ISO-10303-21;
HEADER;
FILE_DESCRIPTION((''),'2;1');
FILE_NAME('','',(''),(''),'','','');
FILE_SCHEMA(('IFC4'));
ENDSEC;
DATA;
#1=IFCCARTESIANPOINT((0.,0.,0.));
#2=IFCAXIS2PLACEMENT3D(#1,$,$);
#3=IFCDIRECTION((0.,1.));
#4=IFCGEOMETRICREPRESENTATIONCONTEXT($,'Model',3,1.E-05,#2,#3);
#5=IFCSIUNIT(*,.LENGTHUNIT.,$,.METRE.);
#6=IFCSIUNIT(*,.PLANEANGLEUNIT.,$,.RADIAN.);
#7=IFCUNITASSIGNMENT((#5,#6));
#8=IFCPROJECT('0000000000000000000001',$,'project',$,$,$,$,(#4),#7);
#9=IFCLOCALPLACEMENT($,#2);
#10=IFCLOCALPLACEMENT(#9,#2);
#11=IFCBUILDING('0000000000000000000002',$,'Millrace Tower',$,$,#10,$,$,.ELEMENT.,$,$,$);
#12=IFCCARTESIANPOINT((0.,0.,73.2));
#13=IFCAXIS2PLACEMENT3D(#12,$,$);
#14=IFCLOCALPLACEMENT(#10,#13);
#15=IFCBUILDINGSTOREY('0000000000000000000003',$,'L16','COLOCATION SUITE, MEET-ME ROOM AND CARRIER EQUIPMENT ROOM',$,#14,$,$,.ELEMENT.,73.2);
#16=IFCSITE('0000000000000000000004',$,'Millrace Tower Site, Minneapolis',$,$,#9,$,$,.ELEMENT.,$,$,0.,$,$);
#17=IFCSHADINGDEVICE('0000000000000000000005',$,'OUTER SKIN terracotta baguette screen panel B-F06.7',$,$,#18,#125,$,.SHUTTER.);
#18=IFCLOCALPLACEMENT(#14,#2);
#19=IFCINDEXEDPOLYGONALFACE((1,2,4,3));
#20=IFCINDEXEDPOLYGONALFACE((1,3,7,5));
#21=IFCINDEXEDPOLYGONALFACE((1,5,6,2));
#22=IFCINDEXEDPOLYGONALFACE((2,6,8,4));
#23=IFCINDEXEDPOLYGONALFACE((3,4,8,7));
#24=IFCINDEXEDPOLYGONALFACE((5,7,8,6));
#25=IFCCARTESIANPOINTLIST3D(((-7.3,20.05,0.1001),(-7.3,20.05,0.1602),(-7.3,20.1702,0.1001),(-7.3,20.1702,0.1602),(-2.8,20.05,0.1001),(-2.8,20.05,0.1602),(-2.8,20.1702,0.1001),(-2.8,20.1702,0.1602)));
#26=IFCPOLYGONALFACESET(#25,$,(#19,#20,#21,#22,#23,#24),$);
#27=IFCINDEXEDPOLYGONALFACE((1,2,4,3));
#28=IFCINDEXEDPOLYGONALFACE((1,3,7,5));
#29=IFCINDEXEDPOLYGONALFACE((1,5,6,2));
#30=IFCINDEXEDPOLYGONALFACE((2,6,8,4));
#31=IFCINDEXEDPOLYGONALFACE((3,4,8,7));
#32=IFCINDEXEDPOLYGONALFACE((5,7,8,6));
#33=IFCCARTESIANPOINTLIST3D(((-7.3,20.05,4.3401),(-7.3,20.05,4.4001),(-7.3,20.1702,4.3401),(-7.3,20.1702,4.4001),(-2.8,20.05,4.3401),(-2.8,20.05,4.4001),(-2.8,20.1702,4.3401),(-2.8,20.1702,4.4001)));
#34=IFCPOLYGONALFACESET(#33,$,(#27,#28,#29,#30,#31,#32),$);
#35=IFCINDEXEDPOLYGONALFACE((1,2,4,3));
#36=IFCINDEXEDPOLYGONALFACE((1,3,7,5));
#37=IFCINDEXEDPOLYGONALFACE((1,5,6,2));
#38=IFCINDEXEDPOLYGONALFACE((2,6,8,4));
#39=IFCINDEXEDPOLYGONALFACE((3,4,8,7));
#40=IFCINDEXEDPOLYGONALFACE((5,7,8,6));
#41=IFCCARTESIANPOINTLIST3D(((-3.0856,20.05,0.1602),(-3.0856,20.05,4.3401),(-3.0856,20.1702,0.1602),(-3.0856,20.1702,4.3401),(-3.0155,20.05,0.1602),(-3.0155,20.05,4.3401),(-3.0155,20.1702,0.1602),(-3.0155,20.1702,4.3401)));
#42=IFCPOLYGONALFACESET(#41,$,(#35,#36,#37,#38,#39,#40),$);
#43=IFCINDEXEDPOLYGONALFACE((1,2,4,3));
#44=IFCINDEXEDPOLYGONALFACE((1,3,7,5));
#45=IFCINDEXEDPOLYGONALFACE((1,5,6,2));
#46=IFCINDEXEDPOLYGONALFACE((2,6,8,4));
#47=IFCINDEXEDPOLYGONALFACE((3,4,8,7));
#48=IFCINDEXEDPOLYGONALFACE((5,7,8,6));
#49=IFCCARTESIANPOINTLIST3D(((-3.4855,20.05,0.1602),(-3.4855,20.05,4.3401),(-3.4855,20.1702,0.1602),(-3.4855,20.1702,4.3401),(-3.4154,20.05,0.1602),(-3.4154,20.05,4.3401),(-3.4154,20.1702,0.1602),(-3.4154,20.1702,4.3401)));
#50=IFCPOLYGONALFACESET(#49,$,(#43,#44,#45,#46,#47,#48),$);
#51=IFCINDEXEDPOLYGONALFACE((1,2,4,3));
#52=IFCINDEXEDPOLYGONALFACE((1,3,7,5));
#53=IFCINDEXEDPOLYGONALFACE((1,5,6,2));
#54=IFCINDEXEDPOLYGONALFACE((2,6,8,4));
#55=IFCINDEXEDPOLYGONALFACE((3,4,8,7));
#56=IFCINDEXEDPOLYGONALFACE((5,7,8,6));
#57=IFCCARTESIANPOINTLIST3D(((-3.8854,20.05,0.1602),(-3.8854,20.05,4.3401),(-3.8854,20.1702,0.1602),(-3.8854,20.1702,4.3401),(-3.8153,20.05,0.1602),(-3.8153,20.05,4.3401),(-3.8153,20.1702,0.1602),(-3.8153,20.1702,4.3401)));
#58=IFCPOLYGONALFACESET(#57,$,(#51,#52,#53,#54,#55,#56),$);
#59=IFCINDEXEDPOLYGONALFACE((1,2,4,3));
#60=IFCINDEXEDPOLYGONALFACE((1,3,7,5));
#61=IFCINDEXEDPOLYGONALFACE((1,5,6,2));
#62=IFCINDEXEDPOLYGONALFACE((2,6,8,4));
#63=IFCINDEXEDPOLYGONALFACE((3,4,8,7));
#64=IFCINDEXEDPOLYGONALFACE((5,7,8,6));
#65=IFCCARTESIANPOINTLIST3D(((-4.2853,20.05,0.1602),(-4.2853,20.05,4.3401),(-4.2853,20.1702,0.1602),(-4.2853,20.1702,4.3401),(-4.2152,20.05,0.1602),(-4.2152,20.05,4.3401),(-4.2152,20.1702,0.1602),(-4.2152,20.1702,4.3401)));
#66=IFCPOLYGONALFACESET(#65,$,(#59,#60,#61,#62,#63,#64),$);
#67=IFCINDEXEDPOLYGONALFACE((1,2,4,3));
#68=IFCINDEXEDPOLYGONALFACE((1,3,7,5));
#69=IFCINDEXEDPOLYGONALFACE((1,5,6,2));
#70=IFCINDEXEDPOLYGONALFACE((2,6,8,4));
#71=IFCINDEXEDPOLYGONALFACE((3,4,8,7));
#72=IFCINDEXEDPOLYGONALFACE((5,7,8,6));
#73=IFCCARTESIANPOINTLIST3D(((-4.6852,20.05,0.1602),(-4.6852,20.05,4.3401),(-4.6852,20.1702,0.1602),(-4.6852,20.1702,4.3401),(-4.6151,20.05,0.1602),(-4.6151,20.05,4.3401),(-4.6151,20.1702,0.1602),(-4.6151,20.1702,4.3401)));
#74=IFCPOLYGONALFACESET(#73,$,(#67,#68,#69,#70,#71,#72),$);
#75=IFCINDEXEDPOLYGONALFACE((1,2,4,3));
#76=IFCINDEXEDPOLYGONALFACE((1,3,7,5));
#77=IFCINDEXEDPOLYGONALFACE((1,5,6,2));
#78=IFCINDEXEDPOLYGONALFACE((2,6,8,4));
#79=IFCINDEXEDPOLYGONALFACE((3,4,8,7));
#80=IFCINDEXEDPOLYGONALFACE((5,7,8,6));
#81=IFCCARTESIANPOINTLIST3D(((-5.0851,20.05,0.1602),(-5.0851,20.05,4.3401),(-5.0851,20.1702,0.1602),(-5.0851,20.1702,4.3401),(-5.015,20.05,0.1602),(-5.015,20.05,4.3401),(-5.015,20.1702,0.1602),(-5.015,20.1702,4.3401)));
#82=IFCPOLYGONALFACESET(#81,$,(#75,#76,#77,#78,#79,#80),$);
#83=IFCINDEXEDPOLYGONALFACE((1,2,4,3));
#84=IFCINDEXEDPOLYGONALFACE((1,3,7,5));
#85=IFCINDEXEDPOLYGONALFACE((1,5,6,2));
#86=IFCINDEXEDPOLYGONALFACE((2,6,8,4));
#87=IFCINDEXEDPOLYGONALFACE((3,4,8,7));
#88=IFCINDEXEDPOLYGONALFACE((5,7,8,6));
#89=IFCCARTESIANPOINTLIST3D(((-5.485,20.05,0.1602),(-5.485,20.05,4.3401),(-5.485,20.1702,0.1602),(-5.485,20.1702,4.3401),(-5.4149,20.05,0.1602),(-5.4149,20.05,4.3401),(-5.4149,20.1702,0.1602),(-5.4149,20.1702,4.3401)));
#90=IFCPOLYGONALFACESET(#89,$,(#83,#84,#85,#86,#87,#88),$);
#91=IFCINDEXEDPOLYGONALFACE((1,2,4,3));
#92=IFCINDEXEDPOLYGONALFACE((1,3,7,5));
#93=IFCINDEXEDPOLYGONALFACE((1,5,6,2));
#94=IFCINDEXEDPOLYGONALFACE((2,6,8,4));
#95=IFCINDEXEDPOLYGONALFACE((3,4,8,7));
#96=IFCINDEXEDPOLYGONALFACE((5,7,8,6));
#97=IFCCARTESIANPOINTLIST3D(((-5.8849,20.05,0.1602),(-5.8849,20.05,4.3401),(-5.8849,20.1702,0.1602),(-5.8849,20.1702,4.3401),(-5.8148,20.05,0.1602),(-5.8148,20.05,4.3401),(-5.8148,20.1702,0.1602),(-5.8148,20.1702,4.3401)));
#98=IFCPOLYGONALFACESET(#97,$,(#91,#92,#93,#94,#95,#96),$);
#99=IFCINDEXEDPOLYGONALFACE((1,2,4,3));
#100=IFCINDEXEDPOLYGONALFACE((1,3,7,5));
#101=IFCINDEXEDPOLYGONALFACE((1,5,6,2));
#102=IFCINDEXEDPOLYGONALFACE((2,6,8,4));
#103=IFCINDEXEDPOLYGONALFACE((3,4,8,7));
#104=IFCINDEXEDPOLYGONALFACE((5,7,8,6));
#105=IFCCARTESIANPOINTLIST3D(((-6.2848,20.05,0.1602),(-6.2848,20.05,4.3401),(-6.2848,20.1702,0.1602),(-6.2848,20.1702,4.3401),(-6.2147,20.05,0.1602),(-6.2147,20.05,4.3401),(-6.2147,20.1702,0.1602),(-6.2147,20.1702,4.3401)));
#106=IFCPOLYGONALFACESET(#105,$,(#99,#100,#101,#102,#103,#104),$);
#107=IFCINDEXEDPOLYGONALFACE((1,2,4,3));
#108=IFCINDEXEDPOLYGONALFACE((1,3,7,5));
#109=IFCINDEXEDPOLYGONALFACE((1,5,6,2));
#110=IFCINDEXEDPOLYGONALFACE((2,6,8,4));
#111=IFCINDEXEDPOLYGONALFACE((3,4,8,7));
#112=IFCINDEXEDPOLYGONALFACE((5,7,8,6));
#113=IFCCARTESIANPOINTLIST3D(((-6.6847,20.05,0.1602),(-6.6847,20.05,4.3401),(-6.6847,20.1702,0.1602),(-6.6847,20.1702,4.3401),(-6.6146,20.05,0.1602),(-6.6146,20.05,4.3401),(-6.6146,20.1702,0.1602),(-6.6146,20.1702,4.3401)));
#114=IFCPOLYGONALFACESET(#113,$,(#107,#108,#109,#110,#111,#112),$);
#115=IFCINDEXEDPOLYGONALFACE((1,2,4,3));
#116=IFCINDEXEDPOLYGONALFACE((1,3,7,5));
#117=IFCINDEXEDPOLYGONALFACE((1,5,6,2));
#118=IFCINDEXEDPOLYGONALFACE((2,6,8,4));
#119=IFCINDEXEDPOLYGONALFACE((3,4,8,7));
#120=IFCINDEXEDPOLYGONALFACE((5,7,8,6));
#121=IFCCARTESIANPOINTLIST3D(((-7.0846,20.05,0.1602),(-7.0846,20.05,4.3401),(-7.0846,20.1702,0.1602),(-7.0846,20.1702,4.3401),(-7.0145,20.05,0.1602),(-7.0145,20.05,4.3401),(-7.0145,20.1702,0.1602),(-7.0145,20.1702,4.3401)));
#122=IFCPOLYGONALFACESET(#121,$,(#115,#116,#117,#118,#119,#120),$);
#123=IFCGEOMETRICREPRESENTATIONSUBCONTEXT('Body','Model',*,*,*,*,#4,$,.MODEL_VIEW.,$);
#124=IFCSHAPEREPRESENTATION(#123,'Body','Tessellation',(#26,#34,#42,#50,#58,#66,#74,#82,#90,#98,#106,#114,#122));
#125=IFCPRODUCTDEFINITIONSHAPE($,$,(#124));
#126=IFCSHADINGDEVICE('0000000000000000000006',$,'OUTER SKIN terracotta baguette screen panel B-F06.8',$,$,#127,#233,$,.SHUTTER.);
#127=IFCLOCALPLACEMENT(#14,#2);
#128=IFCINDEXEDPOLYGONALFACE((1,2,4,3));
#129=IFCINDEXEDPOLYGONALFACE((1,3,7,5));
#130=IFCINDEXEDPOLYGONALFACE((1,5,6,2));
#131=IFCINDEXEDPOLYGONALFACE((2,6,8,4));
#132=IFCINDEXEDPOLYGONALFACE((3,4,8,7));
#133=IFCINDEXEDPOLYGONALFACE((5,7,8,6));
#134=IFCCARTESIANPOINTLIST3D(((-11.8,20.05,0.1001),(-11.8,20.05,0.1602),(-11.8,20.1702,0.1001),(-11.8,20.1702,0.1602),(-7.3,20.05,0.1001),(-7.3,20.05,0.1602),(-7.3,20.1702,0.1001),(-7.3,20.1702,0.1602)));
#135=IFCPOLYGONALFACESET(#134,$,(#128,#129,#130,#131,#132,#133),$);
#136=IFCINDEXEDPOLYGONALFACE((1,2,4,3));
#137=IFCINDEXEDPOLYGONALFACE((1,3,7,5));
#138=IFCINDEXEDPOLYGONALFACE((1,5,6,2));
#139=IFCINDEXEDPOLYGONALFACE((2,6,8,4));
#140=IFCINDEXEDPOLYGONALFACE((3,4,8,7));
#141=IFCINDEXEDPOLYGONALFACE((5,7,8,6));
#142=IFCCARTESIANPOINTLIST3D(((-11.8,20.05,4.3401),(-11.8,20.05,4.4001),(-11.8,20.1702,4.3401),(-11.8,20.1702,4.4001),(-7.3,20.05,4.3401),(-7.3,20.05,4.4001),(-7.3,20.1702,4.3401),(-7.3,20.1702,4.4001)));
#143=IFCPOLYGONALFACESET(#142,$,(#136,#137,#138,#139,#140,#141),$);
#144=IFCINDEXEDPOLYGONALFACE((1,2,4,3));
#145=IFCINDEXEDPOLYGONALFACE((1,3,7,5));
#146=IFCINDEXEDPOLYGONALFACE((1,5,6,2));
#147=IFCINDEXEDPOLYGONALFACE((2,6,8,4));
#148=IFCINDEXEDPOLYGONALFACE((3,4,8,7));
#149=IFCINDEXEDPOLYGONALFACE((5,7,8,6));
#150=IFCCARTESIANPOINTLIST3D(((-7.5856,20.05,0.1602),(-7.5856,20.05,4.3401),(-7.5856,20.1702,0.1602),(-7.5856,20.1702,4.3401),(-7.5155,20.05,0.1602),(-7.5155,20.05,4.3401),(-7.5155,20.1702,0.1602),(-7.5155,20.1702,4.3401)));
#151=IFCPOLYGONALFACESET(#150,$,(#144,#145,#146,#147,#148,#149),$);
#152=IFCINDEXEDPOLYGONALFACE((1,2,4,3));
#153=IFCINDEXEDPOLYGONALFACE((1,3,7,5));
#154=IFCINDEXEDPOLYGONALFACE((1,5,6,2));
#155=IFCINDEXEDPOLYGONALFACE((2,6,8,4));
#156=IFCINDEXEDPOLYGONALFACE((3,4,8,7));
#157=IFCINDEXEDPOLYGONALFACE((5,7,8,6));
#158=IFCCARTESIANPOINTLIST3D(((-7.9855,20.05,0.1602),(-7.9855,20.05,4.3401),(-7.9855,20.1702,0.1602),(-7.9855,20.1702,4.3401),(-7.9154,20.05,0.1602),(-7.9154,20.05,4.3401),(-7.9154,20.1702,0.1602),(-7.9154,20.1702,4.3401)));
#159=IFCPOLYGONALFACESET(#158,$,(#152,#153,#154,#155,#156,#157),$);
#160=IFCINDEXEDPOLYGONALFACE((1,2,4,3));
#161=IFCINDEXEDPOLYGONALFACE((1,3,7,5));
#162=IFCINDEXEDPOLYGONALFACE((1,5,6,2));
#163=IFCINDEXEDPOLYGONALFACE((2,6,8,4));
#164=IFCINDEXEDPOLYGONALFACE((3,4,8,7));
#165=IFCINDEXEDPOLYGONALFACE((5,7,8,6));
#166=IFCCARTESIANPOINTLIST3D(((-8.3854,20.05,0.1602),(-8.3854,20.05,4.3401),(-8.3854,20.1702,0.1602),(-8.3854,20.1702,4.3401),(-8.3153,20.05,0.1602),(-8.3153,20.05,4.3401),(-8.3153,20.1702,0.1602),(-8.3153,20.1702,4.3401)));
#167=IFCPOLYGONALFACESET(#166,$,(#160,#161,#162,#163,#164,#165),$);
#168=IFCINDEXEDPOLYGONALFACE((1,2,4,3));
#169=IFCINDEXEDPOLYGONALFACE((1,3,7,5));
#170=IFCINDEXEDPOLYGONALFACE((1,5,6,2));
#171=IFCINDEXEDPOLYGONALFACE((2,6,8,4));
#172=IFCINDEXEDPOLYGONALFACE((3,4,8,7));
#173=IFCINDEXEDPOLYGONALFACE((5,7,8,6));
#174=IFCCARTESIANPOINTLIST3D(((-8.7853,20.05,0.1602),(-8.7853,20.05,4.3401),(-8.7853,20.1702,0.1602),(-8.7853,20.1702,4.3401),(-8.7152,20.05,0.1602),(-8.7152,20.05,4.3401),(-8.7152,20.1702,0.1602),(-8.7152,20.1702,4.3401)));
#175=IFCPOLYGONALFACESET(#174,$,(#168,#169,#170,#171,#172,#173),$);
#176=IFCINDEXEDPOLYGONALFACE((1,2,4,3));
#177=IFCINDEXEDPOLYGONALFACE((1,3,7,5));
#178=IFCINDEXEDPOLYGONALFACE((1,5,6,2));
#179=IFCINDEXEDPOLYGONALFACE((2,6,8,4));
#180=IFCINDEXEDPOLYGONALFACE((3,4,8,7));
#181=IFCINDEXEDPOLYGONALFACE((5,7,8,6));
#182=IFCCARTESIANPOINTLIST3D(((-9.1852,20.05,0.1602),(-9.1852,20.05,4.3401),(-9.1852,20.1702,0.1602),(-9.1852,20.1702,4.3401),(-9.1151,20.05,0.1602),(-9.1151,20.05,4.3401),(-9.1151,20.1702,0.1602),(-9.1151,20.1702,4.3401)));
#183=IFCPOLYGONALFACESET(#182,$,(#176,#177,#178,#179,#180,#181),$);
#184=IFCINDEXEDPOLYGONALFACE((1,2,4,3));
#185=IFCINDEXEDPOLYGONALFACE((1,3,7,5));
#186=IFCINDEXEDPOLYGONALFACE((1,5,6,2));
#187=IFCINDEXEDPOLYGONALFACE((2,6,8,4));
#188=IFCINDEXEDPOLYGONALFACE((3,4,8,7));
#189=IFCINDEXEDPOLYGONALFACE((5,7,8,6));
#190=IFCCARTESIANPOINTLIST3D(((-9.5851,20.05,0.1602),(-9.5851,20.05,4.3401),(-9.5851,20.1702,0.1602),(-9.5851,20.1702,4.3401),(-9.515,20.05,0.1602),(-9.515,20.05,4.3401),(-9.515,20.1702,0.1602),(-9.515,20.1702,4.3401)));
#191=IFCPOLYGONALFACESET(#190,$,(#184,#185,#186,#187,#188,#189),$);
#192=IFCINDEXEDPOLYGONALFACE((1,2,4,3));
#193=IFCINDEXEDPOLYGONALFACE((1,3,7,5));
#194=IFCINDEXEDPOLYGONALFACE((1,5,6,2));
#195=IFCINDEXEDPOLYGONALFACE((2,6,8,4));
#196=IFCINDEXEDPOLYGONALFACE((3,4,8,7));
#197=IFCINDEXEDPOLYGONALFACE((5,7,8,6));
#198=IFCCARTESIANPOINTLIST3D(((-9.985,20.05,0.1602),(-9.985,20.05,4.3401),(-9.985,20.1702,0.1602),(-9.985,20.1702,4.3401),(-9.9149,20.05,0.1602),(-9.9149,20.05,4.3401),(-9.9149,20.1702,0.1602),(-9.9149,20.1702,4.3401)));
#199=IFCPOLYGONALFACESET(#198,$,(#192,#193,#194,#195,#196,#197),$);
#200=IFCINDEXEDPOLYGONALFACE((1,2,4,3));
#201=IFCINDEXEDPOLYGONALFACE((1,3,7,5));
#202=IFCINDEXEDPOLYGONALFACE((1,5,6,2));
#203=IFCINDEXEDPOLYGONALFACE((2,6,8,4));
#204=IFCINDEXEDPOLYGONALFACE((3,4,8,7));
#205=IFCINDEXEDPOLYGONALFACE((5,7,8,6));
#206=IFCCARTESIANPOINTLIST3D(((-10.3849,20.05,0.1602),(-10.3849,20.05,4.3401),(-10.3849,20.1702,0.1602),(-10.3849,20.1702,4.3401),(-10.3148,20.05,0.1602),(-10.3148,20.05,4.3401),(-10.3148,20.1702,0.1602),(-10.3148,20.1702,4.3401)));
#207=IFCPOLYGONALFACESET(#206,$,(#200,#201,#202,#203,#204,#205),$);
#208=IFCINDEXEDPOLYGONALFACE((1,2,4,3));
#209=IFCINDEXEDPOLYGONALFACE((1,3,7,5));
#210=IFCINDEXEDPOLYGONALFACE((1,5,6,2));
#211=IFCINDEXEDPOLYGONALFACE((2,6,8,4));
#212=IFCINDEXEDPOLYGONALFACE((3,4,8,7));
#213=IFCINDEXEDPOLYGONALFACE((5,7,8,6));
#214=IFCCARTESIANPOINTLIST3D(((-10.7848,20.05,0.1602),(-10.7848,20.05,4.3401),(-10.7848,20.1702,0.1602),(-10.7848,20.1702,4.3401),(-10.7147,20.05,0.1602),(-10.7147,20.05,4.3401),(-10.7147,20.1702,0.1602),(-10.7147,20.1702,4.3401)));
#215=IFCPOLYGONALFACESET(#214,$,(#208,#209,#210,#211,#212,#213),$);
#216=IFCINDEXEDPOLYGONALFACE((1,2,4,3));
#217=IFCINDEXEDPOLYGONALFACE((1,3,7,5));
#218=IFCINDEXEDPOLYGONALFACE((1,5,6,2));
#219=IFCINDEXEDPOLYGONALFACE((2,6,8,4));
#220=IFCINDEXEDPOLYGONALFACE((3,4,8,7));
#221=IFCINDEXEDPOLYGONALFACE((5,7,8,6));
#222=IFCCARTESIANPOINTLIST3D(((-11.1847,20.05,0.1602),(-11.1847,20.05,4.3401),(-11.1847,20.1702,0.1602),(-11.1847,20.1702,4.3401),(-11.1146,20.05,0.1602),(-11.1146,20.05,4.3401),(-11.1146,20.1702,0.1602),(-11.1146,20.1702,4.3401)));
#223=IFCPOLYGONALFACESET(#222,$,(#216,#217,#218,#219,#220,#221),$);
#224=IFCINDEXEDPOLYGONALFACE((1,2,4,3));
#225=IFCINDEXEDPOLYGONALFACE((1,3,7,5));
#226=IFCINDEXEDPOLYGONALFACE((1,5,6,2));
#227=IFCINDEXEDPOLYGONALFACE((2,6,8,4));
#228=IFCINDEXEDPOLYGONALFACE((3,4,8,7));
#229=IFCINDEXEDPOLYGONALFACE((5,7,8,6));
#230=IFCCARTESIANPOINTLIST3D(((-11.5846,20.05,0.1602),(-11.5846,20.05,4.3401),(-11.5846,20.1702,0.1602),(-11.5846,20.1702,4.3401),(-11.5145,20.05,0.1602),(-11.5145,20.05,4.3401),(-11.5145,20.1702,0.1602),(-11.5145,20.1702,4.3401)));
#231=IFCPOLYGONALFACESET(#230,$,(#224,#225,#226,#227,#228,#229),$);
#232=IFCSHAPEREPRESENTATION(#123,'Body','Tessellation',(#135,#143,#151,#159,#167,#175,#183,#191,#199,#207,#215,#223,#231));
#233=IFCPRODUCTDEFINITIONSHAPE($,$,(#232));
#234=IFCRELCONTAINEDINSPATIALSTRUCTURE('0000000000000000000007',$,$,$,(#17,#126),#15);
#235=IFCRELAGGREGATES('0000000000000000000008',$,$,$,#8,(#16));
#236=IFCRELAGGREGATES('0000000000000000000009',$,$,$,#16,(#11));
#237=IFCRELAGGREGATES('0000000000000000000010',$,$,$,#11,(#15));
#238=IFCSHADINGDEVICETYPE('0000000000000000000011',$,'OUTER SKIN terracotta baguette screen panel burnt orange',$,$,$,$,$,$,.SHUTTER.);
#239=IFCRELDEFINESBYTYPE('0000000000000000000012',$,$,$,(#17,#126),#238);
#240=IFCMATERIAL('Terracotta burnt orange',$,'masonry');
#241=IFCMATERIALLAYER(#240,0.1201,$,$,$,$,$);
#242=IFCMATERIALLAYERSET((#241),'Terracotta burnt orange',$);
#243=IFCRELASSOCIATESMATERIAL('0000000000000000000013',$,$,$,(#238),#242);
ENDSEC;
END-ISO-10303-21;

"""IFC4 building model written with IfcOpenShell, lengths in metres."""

from ifc_helpers import new_model, entity, si_unit, direction, frame, frame_2d, origin, origin_2d, place, context, subcontext, project, spatial, rectangle, extrude, source, transform, mapped, material, layer, layer_set, type_object, element, save


model = new_model("IFC4")

# Units and contexts
model_context = context("Model", 3, precision=1e-05, world=origin(), true_north=direction((0.0, 1.0)))
body_context = subcontext(model_context, "Body", "Model", "MODEL_VIEW")
ifc_project = project(units=[si_unit("LENGTHUNIT", "METRE"), si_unit("PLANEANGLEUNIT", "RADIAN")], contexts=[model_context])

# Site, building, storey
site_placement = place(None, origin())
site = spatial("IfcSite", under=ifc_project, at=site_placement, Name="Millrace Tower Site, Minneapolis", CompositionType="ELEMENT", RefElevation=0.0)
building_placement = place(site_placement, origin())
building = spatial("IfcBuilding", under=site, at=building_placement, Name="Millrace Tower", CompositionType="ELEMENT")
storey_placement = place(building_placement, frame((0.0, 0.0, 73.2)))
storey = spatial("IfcBuildingStorey", under=building, at=storey_placement, Name="L16", Description="COLOCATION SUITE, MEET-ME ROOM AND CARRIER EQUIPMENT ROOM", CompositionType="ELEMENT", Elevation=73.2)

# Shading devices
ifc_material_1 = material(Name="Terracotta burnt orange", Category="masonry")
ifc_layer_1 = layer(ifc_material_1, 0.1201)
ifc_layer_set_1 = layer_set([ifc_layer_1], Name="Terracotta burnt orange")
shading_device_type = type_object("IfcShadingDeviceType", Name="OUTER SKIN terracotta baguette screen panel burnt orange", PredefinedType="SHUTTER", material=ifc_layer_set_1)
cartesian_point = entity("IfcCartesianPoint", [-2.25, 0.0601])
shared_polyline = entity("IfcPolyline", [cartesian_point, entity("IfcCartesianPoint", [2.25, 0.0601]), entity("IfcCartesianPoint", [2.25, -0.0601]), entity("IfcCartesianPoint", [-2.25, -0.0601]), cartesian_point])
shared_shape = source(origin(), body_context, "Body", "SweptSolid", [
    entity("IfcExtrudedAreaSolid", entity("IfcArbitraryClosedProfileDef", "AREA", None, shared_polyline), entity("IfcAxis2Placement3D", entity("IfcCartesianPoint", [0.0, 0.0, 0.0])), entity("IfcDirection", [0.0, 0.0, 1.0]), 0.0601),
    entity("IfcExtrudedAreaSolid", entity("IfcArbitraryClosedProfileDef", "AREA", None, shared_polyline), entity("IfcAxis2Placement3D", entity("IfcCartesianPoint", [0.0, 0.0, 4.24])), entity("IfcDirection", [0.0, 0.0, 1.0]), 0.0601),
    extrude(rectangle(XDim=0.0701, YDim=0.1201, at=frame_2d((-1.9995, 0.0))), frame((0.0, 0.0, 0.0601)), (0.0, 0.0, 1.0), 4.1799),
    extrude(rectangle(XDim=0.0701, YDim=0.1201, at=frame_2d((-1.5996, 0.0))), frame((0.0, 0.0, 0.0601)), (0.0, 0.0, 1.0), 4.1799),
    extrude(rectangle(XDim=0.0701, YDim=0.1201, at=frame_2d((-1.1997, 0.0))), frame((0.0, 0.0, 0.0601)), (0.0, 0.0, 1.0), 4.1799),
    extrude(rectangle(XDim=0.0701, YDim=0.1201, at=frame_2d((-0.7998, 0.0))), frame((0.0, 0.0, 0.0601)), (0.0, 0.0, 1.0), 4.1799),
    extrude(rectangle(XDim=0.0701, YDim=0.1201, at=frame_2d((-0.3999, 0.0))), frame((0.0, 0.0, 0.0601)), (0.0, 0.0, 1.0), 4.1799),
    extrude(rectangle(XDim=0.0701, YDim=0.1201, at=origin_2d()), frame((0.0, 0.0, 0.0601)), (0.0, 0.0, 1.0), 4.1799),
    extrude(rectangle(XDim=0.0701, YDim=0.1201, at=frame_2d((0.3999, 0.0))), frame((0.0, 0.0, 0.0601)), (0.0, 0.0, 1.0), 4.1799),
    extrude(rectangle(XDim=0.0701, YDim=0.1201, at=frame_2d((0.7998, 0.0))), frame((0.0, 0.0, 0.0601)), (0.0, 0.0, 1.0), 4.1799),
    extrude(rectangle(XDim=0.0701, YDim=0.1201, at=frame_2d((1.1997, 0.0))), frame((0.0, 0.0, 0.0601)), (0.0, 0.0, 1.0), 4.1799),
    extrude(rectangle(XDim=0.0701, YDim=0.1201, at=frame_2d((1.5996, 0.0))), frame((0.0, 0.0, 0.0601)), (0.0, 0.0, 1.0), 4.1799),
    extrude(rectangle(XDim=0.0701, YDim=0.1201, at=frame_2d((1.9995, 0.0))), frame((0.0, 0.0, 0.0601)), (0.0, 0.0, 1.0), 4.1799),
])
for number, where, z_axis, x_axis, name in (
    (1, (-5.05, 20.1101, 0.1001), (0.0, 0.0, 1.0), (-1.0, 0.0, 0.0), "OUTER SKIN terracotta baguette screen panel B-F06.7"),
    (2, (-9.55, 20.1101, 0.1001), (0.0, 0.0, 1.0), (-1.0, 0.0, 0.0), "OUTER SKIN terracotta baguette screen panel B-F06.8"),
):
    element("IfcShadingDevice", number, at=place(storey_placement, frame(where, z_axis=z_axis, x_axis=x_axis)), inside=storey, type_object=shading_device_type, Name=name, PredefinedType="SHUTTER", context=body_context, shape_type="MappedRepresentation", body=[
        mapped(shared_shape, transform((0.0, 0.0, 0.0), scale=1.0)),
    ])

save(model, "model.ifc")
